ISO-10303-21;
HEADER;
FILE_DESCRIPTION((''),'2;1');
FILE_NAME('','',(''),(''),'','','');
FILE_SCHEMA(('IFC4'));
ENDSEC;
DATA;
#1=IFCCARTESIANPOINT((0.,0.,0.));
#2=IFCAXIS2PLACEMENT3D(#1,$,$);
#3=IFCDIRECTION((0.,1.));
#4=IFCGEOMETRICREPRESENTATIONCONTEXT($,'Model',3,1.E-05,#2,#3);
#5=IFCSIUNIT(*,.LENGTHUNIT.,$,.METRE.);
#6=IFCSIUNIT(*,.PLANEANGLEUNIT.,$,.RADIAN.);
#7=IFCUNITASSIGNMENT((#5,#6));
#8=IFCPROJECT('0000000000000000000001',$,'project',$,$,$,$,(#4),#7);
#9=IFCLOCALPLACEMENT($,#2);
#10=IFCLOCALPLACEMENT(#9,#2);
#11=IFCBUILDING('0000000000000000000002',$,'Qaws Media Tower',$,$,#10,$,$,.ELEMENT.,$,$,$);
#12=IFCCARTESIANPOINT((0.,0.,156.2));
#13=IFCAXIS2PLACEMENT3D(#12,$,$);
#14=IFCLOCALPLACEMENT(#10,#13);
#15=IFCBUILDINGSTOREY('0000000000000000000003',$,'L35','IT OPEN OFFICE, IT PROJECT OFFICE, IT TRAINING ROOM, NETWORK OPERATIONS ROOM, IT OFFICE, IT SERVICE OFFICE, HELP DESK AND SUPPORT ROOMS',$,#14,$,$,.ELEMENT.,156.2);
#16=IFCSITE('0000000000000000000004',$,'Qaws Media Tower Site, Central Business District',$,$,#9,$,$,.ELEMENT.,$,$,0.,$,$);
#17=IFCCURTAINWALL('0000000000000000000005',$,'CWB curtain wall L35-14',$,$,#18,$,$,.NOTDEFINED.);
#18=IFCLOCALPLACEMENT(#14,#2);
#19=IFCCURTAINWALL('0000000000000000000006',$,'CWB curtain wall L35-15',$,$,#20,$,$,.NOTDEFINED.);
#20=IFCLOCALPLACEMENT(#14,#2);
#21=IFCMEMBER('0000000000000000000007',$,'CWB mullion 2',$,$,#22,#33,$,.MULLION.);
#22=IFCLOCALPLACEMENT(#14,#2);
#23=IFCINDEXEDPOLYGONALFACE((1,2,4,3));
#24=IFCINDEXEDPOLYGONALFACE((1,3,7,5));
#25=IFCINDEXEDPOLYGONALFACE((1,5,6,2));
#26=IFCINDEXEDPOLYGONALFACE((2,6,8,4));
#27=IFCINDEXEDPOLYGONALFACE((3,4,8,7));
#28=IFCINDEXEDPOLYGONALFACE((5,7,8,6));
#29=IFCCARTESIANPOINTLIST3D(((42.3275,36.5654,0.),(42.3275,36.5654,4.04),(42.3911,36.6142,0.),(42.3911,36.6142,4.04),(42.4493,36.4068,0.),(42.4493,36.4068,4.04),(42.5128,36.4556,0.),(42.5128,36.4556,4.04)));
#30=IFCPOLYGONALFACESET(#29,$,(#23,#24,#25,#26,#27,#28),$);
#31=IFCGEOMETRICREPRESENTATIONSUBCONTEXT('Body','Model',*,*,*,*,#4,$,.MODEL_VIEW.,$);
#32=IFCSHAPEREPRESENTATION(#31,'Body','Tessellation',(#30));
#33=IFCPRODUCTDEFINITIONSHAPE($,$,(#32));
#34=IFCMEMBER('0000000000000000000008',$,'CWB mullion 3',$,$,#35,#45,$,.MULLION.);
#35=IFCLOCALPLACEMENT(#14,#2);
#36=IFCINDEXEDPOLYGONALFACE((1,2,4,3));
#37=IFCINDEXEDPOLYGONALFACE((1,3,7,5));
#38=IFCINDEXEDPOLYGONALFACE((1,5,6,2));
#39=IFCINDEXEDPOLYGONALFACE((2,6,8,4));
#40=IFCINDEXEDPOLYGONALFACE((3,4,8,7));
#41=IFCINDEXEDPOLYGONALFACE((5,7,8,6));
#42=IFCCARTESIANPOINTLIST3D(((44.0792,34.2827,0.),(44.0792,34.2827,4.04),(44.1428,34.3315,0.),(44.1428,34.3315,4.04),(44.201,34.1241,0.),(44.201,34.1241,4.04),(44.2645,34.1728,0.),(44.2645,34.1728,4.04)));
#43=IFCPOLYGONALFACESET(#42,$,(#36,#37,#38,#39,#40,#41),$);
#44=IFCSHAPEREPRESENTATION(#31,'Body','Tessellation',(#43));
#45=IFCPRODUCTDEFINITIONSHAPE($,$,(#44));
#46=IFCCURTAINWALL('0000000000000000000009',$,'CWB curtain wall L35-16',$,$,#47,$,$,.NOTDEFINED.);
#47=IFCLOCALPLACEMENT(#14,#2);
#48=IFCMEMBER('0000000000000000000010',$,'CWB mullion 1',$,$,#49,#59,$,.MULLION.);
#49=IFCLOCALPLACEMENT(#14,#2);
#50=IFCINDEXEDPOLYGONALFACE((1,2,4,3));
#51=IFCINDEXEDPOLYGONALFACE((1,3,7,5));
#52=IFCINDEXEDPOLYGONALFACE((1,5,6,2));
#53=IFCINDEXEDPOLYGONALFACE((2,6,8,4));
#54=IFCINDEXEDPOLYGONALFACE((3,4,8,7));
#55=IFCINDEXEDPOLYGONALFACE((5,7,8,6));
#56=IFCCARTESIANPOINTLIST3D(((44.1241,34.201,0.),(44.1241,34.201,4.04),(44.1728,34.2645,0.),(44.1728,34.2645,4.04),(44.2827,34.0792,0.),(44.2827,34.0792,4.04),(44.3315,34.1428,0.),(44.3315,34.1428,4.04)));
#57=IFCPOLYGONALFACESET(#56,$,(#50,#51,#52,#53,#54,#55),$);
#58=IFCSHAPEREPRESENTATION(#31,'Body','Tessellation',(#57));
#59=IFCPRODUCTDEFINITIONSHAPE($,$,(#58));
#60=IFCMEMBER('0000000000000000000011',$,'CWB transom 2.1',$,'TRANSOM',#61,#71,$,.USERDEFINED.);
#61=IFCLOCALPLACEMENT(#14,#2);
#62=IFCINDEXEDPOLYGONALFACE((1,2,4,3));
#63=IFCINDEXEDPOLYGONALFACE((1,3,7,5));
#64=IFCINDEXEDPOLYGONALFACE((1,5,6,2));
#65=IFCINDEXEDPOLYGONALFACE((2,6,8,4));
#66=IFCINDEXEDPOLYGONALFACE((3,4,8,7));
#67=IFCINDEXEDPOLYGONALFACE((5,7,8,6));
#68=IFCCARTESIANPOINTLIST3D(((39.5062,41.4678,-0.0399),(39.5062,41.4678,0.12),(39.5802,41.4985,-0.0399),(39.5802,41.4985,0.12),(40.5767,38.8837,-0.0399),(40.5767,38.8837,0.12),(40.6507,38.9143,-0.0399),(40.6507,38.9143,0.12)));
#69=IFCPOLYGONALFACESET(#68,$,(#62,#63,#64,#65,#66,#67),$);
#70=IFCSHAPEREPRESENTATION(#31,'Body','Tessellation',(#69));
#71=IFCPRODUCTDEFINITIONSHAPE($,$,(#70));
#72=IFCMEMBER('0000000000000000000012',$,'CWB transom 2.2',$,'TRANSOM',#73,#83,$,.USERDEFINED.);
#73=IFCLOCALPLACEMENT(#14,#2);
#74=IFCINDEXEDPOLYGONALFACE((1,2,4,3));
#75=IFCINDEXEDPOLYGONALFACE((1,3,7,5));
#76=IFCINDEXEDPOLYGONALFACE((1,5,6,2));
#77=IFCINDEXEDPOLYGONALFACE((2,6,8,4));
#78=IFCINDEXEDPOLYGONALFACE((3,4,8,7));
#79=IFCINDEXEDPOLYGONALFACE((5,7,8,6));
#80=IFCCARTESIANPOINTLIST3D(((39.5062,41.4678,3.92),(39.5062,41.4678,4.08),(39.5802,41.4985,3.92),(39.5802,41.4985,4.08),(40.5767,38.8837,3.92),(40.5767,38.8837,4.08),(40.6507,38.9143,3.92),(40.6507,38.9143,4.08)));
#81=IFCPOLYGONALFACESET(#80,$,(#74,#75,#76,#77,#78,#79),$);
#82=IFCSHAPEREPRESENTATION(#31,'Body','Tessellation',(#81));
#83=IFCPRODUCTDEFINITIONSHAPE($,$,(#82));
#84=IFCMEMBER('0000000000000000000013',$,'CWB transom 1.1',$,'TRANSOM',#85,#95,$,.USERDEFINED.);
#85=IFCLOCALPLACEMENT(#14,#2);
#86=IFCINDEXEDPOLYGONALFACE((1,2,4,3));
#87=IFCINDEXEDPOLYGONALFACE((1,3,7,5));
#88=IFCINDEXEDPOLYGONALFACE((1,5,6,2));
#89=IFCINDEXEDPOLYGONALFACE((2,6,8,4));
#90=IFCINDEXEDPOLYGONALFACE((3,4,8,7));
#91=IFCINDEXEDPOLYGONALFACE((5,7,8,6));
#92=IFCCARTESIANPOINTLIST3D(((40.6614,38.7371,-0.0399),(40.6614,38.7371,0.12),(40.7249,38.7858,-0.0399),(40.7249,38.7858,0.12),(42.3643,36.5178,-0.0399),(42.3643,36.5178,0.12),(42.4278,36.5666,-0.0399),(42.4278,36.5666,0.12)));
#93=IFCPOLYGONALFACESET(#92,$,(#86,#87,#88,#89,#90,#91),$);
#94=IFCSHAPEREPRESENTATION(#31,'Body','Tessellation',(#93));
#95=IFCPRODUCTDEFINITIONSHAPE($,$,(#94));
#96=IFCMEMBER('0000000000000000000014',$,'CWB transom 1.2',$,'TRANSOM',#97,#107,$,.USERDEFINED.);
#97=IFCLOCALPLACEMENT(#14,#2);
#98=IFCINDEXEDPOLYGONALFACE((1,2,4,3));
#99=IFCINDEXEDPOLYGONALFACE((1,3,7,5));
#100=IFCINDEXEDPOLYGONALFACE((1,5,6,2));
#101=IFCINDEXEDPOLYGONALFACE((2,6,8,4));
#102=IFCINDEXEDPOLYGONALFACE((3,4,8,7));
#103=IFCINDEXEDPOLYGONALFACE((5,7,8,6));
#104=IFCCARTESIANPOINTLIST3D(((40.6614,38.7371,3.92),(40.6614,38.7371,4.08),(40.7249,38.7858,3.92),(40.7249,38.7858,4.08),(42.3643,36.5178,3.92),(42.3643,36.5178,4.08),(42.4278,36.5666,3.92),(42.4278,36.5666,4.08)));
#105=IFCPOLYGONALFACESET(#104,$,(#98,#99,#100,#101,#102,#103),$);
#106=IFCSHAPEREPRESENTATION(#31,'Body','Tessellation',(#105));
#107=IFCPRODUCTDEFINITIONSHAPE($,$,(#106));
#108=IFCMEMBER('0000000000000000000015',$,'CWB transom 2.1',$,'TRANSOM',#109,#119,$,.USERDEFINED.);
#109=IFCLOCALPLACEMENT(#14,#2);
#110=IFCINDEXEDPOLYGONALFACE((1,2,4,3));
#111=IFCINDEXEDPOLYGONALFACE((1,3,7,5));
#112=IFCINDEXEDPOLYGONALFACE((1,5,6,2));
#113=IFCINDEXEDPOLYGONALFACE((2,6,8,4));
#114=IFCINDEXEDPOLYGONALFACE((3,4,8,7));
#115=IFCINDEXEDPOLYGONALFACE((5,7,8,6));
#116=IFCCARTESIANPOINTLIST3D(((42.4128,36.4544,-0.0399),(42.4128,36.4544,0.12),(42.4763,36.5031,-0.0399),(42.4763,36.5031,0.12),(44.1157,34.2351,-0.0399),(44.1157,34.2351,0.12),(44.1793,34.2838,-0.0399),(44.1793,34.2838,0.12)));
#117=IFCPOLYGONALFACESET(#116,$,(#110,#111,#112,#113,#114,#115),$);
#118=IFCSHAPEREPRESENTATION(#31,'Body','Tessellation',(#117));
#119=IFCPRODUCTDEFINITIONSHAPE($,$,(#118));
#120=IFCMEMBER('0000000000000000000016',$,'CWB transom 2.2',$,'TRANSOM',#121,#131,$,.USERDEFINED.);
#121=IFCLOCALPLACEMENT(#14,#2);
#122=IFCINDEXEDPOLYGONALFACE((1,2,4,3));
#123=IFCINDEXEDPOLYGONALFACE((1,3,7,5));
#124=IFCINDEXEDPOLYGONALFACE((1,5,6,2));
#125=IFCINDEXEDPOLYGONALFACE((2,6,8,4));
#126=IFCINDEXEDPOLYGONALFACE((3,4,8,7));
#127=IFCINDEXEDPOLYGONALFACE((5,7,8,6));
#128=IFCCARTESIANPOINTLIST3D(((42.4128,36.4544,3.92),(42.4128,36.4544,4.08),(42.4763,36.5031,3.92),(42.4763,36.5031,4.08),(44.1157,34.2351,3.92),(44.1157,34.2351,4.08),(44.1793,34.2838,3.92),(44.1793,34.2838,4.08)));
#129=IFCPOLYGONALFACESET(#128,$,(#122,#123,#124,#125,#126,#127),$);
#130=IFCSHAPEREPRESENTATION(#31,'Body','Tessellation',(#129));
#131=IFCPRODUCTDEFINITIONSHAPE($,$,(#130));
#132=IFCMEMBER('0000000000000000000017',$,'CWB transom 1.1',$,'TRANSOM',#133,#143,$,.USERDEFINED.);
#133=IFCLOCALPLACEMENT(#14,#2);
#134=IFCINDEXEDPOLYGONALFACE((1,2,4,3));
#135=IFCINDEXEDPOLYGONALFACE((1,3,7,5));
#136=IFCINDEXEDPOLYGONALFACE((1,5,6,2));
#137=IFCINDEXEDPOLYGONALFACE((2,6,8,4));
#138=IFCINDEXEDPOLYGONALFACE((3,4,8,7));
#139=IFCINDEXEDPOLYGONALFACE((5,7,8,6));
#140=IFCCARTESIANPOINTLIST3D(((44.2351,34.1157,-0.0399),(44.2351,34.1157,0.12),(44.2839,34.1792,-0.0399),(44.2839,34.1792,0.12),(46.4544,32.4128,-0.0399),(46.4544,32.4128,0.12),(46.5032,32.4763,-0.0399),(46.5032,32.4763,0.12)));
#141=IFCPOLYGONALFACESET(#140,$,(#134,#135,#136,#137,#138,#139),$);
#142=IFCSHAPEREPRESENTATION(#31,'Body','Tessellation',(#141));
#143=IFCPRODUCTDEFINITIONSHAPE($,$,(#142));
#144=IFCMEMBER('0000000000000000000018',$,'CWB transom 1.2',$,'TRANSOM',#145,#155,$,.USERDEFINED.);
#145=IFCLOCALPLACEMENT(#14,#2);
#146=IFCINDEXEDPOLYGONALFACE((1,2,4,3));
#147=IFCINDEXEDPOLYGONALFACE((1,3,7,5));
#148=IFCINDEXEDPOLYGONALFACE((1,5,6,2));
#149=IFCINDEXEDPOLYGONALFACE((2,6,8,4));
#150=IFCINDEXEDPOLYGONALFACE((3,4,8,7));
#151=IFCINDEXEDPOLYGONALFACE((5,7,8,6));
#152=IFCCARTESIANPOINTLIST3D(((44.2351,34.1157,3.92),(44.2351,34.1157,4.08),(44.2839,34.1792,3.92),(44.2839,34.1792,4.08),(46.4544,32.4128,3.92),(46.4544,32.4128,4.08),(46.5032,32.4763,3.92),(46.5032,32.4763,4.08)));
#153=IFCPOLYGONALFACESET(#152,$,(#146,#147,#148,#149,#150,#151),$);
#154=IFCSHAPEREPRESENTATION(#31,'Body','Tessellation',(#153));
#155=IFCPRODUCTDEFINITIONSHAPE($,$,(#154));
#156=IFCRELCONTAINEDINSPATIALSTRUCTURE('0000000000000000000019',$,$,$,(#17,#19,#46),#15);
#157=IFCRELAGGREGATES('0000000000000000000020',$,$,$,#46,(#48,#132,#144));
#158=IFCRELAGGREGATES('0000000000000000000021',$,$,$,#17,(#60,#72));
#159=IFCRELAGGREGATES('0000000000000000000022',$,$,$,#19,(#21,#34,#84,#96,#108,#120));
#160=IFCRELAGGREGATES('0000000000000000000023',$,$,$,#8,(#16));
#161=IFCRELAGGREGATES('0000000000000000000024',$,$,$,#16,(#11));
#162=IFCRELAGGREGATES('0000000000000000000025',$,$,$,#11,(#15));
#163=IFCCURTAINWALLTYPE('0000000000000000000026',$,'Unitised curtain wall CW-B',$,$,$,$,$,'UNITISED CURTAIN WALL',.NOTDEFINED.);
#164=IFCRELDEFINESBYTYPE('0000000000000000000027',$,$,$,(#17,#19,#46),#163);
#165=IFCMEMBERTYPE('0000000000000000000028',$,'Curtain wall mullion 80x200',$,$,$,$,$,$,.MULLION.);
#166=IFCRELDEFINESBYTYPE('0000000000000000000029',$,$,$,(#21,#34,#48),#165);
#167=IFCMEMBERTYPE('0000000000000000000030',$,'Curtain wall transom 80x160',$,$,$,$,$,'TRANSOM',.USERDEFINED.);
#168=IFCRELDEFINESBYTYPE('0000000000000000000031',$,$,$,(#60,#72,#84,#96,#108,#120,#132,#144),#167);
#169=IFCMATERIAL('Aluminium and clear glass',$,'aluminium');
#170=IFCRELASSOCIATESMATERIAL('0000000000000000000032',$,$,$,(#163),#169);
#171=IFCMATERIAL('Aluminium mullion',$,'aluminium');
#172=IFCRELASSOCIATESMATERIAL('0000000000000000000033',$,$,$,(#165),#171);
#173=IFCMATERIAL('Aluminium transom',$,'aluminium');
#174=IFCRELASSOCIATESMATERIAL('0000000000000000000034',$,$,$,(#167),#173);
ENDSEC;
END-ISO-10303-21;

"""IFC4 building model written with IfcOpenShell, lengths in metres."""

from ifc_helpers import new_model, si_unit, direction, frame, origin, origin_2d, place, context, subcontext, project, spatial, rectangle, extrude, material, material_profile, profile_set, type_object, element, aggregate, save


model = new_model("IFC4")

# Units and contexts
model_context = context("Model", 3, precision=1e-05, world=origin(), true_north=direction((0.0, 1.0)))
body_context = subcontext(model_context, "Body", "Model", "MODEL_VIEW")
ifc_project = project(units=[si_unit("LENGTHUNIT", "METRE"), si_unit("PLANEANGLEUNIT", "RADIAN")], contexts=[model_context])

# Site, building, storey
site_placement = place(None, origin())
site = spatial("IfcSite", under=ifc_project, at=site_placement, Name="Qaws Media Tower Site, Central Business District", CompositionType="ELEMENT", RefElevation=0.0)
building_placement = place(site_placement, origin())
building = spatial("IfcBuilding", under=site, at=building_placement, Name="Qaws Media Tower", CompositionType="ELEMENT")
storey_placement = place(building_placement, frame((0.0, 0.0, 156.2)))
storey = spatial("IfcBuildingStorey", under=building, at=storey_placement, Name="L35", Description="IT OPEN OFFICE, IT PROJECT OFFICE, IT TRAINING ROOM, NETWORK OPERATIONS ROOM, IT OFFICE, IT SERVICE OFFICE, HELP DESK AND SUPPORT ROOMS", CompositionType="ELEMENT", Elevation=156.2)

# Curtain wall
ifc_material_1 = material(Name="Aluminium and clear glass", Category="aluminium")
curtain_wall_type = type_object("IfcCurtainWallType", Name="Unitised curtain wall CW-B", ElementType="UNITISED CURTAIN WALL", PredefinedType="NOTDEFINED", material=ifc_material_1)
curtain_wall_1_placement = place(storey_placement, origin())
curtain_wall_1 = element("IfcCurtainWall", 1, at=curtain_wall_1_placement, inside=storey, type_object=curtain_wall_type, Name="CWB curtain wall L35-14", PredefinedType="NOTDEFINED")
ifc_material_2 = material(Name="Aluminium mullion", Category="aluminium")
ifc_material_profile_1 = material_profile(ifc_material_2, rectangle(XDim=0.0801, YDim=0.2, at=origin_2d()), Name="80x200")
ifc_profile_set_1 = profile_set([ifc_material_profile_1], Name="Aluminium mullion")
member_type_1 = type_object("IfcMemberType", Name="Curtain wall mullion 80x200", PredefinedType="MULLION", material=ifc_profile_set_1)

# Curtain wall, members
curtain_wall_2_placement = place(storey_placement, origin())
curtain_wall_2 = element("IfcCurtainWall", 2, at=curtain_wall_2_placement, inside=storey, type_object=curtain_wall_type, Name="CWB curtain wall L35-15", PredefinedType="NOTDEFINED")
member_1_placement = place(storey_placement, frame((42.4202, 36.5105, 0.0), z_axis=(0.0, 0.0, 1.0), x_axis=(0.793353, 0.608761, 0.0)))
member_1 = element("IfcMember", 3, at=member_1_placement, type_object=member_type_1, Name="CWB mullion 2", PredefinedType="MULLION", context=body_context, shape_type="SweptSolid", body=[
    extrude(rectangle(XDim=0.0801, YDim=0.2, at=origin_2d()), origin(), (0.0, 0.0, 1.0), 4.04),
])
member_2_placement = place(storey_placement, frame((44.1719, 34.2278, 0.0), z_axis=(0.0, 0.0, 1.0), x_axis=(0.793353, 0.608761, 0.0)))
member_2 = element("IfcMember", 4, at=member_2_placement, type_object=member_type_1, Name="CWB mullion 3", PredefinedType="MULLION", context=body_context, shape_type="SweptSolid", body=[
    extrude(rectangle(XDim=0.0801, YDim=0.2, at=origin_2d()), origin(), (0.0, 0.0, 1.0), 4.04),
])

# Curtain wall, member
curtain_wall_3_placement = place(storey_placement, origin())
curtain_wall_3 = element("IfcCurtainWall", 5, at=curtain_wall_3_placement, inside=storey, type_object=curtain_wall_type, Name="CWB curtain wall L35-16", PredefinedType="NOTDEFINED")
member_3_placement = place(storey_placement, frame((44.2278, 34.1719, 0.0), z_axis=(0.0, 0.0, 1.0), x_axis=(0.608761, 0.793353, 0.0)))
member_3 = element("IfcMember", 6, at=member_3_placement, type_object=member_type_1, Name="CWB mullion 1", PredefinedType="MULLION", context=body_context, shape_type="SweptSolid", body=[
    extrude(rectangle(XDim=0.0801, YDim=0.2, at=origin_2d()), origin(), (0.0, 0.0, 1.0), 4.04),
])

# Members
ifc_material_3 = material(Name="Aluminium transom", Category="aluminium")
ifc_material_profile_2 = material_profile(ifc_material_3, rectangle(XDim=0.0801, YDim=0.1599, at=origin_2d()), Name="80x160")
ifc_profile_set_2 = profile_set([ifc_material_profile_2], Name="Aluminium transom")
member_type_2 = type_object("IfcMemberType", Name="Curtain wall transom 80x160", ElementType="TRANSOM", PredefinedType="USERDEFINED", material=ifc_profile_set_2)
member_4_placement = place(storey_placement, frame((39.5432, 41.4832, 0.04), z_axis=(0.382724, -0.923863, 0.0), x_axis=(0.923863, 0.382724, 0.0)))
member_4 = element("IfcMember", 7, at=member_4_placement, type_object=member_type_2, Name="CWB transom 2.1", ObjectType="TRANSOM", PredefinedType="USERDEFINED", context=body_context, shape_type="SweptSolid", body=[
    extrude(rectangle(XDim=0.0801, YDim=0.1599, at=origin_2d()), origin(), (0.0, 0.0, 1.0), 2.7971),
])
member_5_placement = place(storey_placement, frame((39.5432, 41.4832, 4.0), z_axis=(0.382724, -0.923863, 0.0), x_axis=(0.923863, 0.382724, 0.0)))
member_5 = element("IfcMember", 8, at=member_5_placement, type_object=member_type_2, Name="CWB transom 2.2", ObjectType="TRANSOM", PredefinedType="USERDEFINED", context=body_context, shape_type="SweptSolid", body=[
    extrude(rectangle(XDim=0.0801, YDim=0.1599, at=origin_2d()), origin(), (0.0, 0.0, 1.0), 2.7971),
])
member_6_placement = place(storey_placement, frame((40.6931, 38.7615, 0.04), z_axis=(0.608761, -0.793353, 0.0), x_axis=(0.793353, 0.608761, 0.0)))
member_6 = element("IfcMember", 9, at=member_6_placement, type_object=member_type_2, Name="CWB transom 1.1", ObjectType="TRANSOM", PredefinedType="USERDEFINED", context=body_context, shape_type="SweptSolid", body=[
    extrude(rectangle(XDim=0.0801, YDim=0.1599, at=origin_2d()), origin(), (0.0, 0.0, 1.0), 2.7974),
])
member_7_placement = place(storey_placement, frame((40.6931, 38.7615, 4.0), z_axis=(0.608761, -0.793353, 0.0), x_axis=(0.793353, 0.608761, 0.0)))
member_7 = element("IfcMember", 10, at=member_7_placement, type_object=member_type_2, Name="CWB transom 1.2", ObjectType="TRANSOM", PredefinedType="USERDEFINED", context=body_context, shape_type="SweptSolid", body=[
    extrude(rectangle(XDim=0.0801, YDim=0.1599, at=origin_2d()), origin(), (0.0, 0.0, 1.0), 2.7974),
])
member_8_placement = place(storey_placement, frame((42.4446, 36.4788, 0.04), z_axis=(0.608761, -0.793353, 0.0), x_axis=(0.793353, 0.608761, 0.0)))
member_8 = element("IfcMember", 11, at=member_8_placement, type_object=member_type_2, Name="CWB transom 2.1", ObjectType="TRANSOM", PredefinedType="USERDEFINED", context=body_context, shape_type="SweptSolid", body=[
    extrude(rectangle(XDim=0.0801, YDim=0.1599, at=origin_2d()), origin(), (0.0, 0.0, 1.0), 2.7974),
])
member_9_placement = place(storey_placement, frame((42.4446, 36.4788, 4.0), z_axis=(0.608761, -0.793353, 0.0), x_axis=(0.793353, 0.608761, 0.0)))
member_9 = element("IfcMember", 12, at=member_9_placement, type_object=member_type_2, Name="CWB transom 2.2", ObjectType="TRANSOM", PredefinedType="USERDEFINED", context=body_context, shape_type="SweptSolid", body=[
    extrude(rectangle(XDim=0.0801, YDim=0.1599, at=origin_2d()), origin(), (0.0, 0.0, 1.0), 2.7974),
])
member_10_placement = place(storey_placement, frame((44.2595, 34.1475, 0.04), z_axis=(0.793353, -0.608761, 0.0), x_axis=(0.608761, 0.793353, 0.0)))
member_10 = element("IfcMember", 13, at=member_10_placement, type_object=member_type_2, Name="CWB transom 1.1", ObjectType="TRANSOM", PredefinedType="USERDEFINED", context=body_context, shape_type="SweptSolid", body=[
    extrude(rectangle(XDim=0.0801, YDim=0.1599, at=origin_2d()), origin(), (0.0, 0.0, 1.0), 2.7974),
])
member_11_placement = place(storey_placement, frame((44.2595, 34.1475, 4.0), z_axis=(0.793353, -0.608761, 0.0), x_axis=(0.608761, 0.793353, 0.0)))
member_11 = element("IfcMember", 14, at=member_11_placement, type_object=member_type_2, Name="CWB transom 1.2", ObjectType="TRANSOM", PredefinedType="USERDEFINED", context=body_context, shape_type="SweptSolid", body=[
    extrude(rectangle(XDim=0.0801, YDim=0.1599, at=origin_2d()), origin(), (0.0, 0.0, 1.0), 2.7974),
])
aggregate(curtain_wall_3, [member_3, member_10, member_11])

aggregate(curtain_wall_1, [member_4, member_5])
aggregate(curtain_wall_2, [member_1, member_2, member_6, member_7, member_8, member_9])

save(model, "model.ifc")
